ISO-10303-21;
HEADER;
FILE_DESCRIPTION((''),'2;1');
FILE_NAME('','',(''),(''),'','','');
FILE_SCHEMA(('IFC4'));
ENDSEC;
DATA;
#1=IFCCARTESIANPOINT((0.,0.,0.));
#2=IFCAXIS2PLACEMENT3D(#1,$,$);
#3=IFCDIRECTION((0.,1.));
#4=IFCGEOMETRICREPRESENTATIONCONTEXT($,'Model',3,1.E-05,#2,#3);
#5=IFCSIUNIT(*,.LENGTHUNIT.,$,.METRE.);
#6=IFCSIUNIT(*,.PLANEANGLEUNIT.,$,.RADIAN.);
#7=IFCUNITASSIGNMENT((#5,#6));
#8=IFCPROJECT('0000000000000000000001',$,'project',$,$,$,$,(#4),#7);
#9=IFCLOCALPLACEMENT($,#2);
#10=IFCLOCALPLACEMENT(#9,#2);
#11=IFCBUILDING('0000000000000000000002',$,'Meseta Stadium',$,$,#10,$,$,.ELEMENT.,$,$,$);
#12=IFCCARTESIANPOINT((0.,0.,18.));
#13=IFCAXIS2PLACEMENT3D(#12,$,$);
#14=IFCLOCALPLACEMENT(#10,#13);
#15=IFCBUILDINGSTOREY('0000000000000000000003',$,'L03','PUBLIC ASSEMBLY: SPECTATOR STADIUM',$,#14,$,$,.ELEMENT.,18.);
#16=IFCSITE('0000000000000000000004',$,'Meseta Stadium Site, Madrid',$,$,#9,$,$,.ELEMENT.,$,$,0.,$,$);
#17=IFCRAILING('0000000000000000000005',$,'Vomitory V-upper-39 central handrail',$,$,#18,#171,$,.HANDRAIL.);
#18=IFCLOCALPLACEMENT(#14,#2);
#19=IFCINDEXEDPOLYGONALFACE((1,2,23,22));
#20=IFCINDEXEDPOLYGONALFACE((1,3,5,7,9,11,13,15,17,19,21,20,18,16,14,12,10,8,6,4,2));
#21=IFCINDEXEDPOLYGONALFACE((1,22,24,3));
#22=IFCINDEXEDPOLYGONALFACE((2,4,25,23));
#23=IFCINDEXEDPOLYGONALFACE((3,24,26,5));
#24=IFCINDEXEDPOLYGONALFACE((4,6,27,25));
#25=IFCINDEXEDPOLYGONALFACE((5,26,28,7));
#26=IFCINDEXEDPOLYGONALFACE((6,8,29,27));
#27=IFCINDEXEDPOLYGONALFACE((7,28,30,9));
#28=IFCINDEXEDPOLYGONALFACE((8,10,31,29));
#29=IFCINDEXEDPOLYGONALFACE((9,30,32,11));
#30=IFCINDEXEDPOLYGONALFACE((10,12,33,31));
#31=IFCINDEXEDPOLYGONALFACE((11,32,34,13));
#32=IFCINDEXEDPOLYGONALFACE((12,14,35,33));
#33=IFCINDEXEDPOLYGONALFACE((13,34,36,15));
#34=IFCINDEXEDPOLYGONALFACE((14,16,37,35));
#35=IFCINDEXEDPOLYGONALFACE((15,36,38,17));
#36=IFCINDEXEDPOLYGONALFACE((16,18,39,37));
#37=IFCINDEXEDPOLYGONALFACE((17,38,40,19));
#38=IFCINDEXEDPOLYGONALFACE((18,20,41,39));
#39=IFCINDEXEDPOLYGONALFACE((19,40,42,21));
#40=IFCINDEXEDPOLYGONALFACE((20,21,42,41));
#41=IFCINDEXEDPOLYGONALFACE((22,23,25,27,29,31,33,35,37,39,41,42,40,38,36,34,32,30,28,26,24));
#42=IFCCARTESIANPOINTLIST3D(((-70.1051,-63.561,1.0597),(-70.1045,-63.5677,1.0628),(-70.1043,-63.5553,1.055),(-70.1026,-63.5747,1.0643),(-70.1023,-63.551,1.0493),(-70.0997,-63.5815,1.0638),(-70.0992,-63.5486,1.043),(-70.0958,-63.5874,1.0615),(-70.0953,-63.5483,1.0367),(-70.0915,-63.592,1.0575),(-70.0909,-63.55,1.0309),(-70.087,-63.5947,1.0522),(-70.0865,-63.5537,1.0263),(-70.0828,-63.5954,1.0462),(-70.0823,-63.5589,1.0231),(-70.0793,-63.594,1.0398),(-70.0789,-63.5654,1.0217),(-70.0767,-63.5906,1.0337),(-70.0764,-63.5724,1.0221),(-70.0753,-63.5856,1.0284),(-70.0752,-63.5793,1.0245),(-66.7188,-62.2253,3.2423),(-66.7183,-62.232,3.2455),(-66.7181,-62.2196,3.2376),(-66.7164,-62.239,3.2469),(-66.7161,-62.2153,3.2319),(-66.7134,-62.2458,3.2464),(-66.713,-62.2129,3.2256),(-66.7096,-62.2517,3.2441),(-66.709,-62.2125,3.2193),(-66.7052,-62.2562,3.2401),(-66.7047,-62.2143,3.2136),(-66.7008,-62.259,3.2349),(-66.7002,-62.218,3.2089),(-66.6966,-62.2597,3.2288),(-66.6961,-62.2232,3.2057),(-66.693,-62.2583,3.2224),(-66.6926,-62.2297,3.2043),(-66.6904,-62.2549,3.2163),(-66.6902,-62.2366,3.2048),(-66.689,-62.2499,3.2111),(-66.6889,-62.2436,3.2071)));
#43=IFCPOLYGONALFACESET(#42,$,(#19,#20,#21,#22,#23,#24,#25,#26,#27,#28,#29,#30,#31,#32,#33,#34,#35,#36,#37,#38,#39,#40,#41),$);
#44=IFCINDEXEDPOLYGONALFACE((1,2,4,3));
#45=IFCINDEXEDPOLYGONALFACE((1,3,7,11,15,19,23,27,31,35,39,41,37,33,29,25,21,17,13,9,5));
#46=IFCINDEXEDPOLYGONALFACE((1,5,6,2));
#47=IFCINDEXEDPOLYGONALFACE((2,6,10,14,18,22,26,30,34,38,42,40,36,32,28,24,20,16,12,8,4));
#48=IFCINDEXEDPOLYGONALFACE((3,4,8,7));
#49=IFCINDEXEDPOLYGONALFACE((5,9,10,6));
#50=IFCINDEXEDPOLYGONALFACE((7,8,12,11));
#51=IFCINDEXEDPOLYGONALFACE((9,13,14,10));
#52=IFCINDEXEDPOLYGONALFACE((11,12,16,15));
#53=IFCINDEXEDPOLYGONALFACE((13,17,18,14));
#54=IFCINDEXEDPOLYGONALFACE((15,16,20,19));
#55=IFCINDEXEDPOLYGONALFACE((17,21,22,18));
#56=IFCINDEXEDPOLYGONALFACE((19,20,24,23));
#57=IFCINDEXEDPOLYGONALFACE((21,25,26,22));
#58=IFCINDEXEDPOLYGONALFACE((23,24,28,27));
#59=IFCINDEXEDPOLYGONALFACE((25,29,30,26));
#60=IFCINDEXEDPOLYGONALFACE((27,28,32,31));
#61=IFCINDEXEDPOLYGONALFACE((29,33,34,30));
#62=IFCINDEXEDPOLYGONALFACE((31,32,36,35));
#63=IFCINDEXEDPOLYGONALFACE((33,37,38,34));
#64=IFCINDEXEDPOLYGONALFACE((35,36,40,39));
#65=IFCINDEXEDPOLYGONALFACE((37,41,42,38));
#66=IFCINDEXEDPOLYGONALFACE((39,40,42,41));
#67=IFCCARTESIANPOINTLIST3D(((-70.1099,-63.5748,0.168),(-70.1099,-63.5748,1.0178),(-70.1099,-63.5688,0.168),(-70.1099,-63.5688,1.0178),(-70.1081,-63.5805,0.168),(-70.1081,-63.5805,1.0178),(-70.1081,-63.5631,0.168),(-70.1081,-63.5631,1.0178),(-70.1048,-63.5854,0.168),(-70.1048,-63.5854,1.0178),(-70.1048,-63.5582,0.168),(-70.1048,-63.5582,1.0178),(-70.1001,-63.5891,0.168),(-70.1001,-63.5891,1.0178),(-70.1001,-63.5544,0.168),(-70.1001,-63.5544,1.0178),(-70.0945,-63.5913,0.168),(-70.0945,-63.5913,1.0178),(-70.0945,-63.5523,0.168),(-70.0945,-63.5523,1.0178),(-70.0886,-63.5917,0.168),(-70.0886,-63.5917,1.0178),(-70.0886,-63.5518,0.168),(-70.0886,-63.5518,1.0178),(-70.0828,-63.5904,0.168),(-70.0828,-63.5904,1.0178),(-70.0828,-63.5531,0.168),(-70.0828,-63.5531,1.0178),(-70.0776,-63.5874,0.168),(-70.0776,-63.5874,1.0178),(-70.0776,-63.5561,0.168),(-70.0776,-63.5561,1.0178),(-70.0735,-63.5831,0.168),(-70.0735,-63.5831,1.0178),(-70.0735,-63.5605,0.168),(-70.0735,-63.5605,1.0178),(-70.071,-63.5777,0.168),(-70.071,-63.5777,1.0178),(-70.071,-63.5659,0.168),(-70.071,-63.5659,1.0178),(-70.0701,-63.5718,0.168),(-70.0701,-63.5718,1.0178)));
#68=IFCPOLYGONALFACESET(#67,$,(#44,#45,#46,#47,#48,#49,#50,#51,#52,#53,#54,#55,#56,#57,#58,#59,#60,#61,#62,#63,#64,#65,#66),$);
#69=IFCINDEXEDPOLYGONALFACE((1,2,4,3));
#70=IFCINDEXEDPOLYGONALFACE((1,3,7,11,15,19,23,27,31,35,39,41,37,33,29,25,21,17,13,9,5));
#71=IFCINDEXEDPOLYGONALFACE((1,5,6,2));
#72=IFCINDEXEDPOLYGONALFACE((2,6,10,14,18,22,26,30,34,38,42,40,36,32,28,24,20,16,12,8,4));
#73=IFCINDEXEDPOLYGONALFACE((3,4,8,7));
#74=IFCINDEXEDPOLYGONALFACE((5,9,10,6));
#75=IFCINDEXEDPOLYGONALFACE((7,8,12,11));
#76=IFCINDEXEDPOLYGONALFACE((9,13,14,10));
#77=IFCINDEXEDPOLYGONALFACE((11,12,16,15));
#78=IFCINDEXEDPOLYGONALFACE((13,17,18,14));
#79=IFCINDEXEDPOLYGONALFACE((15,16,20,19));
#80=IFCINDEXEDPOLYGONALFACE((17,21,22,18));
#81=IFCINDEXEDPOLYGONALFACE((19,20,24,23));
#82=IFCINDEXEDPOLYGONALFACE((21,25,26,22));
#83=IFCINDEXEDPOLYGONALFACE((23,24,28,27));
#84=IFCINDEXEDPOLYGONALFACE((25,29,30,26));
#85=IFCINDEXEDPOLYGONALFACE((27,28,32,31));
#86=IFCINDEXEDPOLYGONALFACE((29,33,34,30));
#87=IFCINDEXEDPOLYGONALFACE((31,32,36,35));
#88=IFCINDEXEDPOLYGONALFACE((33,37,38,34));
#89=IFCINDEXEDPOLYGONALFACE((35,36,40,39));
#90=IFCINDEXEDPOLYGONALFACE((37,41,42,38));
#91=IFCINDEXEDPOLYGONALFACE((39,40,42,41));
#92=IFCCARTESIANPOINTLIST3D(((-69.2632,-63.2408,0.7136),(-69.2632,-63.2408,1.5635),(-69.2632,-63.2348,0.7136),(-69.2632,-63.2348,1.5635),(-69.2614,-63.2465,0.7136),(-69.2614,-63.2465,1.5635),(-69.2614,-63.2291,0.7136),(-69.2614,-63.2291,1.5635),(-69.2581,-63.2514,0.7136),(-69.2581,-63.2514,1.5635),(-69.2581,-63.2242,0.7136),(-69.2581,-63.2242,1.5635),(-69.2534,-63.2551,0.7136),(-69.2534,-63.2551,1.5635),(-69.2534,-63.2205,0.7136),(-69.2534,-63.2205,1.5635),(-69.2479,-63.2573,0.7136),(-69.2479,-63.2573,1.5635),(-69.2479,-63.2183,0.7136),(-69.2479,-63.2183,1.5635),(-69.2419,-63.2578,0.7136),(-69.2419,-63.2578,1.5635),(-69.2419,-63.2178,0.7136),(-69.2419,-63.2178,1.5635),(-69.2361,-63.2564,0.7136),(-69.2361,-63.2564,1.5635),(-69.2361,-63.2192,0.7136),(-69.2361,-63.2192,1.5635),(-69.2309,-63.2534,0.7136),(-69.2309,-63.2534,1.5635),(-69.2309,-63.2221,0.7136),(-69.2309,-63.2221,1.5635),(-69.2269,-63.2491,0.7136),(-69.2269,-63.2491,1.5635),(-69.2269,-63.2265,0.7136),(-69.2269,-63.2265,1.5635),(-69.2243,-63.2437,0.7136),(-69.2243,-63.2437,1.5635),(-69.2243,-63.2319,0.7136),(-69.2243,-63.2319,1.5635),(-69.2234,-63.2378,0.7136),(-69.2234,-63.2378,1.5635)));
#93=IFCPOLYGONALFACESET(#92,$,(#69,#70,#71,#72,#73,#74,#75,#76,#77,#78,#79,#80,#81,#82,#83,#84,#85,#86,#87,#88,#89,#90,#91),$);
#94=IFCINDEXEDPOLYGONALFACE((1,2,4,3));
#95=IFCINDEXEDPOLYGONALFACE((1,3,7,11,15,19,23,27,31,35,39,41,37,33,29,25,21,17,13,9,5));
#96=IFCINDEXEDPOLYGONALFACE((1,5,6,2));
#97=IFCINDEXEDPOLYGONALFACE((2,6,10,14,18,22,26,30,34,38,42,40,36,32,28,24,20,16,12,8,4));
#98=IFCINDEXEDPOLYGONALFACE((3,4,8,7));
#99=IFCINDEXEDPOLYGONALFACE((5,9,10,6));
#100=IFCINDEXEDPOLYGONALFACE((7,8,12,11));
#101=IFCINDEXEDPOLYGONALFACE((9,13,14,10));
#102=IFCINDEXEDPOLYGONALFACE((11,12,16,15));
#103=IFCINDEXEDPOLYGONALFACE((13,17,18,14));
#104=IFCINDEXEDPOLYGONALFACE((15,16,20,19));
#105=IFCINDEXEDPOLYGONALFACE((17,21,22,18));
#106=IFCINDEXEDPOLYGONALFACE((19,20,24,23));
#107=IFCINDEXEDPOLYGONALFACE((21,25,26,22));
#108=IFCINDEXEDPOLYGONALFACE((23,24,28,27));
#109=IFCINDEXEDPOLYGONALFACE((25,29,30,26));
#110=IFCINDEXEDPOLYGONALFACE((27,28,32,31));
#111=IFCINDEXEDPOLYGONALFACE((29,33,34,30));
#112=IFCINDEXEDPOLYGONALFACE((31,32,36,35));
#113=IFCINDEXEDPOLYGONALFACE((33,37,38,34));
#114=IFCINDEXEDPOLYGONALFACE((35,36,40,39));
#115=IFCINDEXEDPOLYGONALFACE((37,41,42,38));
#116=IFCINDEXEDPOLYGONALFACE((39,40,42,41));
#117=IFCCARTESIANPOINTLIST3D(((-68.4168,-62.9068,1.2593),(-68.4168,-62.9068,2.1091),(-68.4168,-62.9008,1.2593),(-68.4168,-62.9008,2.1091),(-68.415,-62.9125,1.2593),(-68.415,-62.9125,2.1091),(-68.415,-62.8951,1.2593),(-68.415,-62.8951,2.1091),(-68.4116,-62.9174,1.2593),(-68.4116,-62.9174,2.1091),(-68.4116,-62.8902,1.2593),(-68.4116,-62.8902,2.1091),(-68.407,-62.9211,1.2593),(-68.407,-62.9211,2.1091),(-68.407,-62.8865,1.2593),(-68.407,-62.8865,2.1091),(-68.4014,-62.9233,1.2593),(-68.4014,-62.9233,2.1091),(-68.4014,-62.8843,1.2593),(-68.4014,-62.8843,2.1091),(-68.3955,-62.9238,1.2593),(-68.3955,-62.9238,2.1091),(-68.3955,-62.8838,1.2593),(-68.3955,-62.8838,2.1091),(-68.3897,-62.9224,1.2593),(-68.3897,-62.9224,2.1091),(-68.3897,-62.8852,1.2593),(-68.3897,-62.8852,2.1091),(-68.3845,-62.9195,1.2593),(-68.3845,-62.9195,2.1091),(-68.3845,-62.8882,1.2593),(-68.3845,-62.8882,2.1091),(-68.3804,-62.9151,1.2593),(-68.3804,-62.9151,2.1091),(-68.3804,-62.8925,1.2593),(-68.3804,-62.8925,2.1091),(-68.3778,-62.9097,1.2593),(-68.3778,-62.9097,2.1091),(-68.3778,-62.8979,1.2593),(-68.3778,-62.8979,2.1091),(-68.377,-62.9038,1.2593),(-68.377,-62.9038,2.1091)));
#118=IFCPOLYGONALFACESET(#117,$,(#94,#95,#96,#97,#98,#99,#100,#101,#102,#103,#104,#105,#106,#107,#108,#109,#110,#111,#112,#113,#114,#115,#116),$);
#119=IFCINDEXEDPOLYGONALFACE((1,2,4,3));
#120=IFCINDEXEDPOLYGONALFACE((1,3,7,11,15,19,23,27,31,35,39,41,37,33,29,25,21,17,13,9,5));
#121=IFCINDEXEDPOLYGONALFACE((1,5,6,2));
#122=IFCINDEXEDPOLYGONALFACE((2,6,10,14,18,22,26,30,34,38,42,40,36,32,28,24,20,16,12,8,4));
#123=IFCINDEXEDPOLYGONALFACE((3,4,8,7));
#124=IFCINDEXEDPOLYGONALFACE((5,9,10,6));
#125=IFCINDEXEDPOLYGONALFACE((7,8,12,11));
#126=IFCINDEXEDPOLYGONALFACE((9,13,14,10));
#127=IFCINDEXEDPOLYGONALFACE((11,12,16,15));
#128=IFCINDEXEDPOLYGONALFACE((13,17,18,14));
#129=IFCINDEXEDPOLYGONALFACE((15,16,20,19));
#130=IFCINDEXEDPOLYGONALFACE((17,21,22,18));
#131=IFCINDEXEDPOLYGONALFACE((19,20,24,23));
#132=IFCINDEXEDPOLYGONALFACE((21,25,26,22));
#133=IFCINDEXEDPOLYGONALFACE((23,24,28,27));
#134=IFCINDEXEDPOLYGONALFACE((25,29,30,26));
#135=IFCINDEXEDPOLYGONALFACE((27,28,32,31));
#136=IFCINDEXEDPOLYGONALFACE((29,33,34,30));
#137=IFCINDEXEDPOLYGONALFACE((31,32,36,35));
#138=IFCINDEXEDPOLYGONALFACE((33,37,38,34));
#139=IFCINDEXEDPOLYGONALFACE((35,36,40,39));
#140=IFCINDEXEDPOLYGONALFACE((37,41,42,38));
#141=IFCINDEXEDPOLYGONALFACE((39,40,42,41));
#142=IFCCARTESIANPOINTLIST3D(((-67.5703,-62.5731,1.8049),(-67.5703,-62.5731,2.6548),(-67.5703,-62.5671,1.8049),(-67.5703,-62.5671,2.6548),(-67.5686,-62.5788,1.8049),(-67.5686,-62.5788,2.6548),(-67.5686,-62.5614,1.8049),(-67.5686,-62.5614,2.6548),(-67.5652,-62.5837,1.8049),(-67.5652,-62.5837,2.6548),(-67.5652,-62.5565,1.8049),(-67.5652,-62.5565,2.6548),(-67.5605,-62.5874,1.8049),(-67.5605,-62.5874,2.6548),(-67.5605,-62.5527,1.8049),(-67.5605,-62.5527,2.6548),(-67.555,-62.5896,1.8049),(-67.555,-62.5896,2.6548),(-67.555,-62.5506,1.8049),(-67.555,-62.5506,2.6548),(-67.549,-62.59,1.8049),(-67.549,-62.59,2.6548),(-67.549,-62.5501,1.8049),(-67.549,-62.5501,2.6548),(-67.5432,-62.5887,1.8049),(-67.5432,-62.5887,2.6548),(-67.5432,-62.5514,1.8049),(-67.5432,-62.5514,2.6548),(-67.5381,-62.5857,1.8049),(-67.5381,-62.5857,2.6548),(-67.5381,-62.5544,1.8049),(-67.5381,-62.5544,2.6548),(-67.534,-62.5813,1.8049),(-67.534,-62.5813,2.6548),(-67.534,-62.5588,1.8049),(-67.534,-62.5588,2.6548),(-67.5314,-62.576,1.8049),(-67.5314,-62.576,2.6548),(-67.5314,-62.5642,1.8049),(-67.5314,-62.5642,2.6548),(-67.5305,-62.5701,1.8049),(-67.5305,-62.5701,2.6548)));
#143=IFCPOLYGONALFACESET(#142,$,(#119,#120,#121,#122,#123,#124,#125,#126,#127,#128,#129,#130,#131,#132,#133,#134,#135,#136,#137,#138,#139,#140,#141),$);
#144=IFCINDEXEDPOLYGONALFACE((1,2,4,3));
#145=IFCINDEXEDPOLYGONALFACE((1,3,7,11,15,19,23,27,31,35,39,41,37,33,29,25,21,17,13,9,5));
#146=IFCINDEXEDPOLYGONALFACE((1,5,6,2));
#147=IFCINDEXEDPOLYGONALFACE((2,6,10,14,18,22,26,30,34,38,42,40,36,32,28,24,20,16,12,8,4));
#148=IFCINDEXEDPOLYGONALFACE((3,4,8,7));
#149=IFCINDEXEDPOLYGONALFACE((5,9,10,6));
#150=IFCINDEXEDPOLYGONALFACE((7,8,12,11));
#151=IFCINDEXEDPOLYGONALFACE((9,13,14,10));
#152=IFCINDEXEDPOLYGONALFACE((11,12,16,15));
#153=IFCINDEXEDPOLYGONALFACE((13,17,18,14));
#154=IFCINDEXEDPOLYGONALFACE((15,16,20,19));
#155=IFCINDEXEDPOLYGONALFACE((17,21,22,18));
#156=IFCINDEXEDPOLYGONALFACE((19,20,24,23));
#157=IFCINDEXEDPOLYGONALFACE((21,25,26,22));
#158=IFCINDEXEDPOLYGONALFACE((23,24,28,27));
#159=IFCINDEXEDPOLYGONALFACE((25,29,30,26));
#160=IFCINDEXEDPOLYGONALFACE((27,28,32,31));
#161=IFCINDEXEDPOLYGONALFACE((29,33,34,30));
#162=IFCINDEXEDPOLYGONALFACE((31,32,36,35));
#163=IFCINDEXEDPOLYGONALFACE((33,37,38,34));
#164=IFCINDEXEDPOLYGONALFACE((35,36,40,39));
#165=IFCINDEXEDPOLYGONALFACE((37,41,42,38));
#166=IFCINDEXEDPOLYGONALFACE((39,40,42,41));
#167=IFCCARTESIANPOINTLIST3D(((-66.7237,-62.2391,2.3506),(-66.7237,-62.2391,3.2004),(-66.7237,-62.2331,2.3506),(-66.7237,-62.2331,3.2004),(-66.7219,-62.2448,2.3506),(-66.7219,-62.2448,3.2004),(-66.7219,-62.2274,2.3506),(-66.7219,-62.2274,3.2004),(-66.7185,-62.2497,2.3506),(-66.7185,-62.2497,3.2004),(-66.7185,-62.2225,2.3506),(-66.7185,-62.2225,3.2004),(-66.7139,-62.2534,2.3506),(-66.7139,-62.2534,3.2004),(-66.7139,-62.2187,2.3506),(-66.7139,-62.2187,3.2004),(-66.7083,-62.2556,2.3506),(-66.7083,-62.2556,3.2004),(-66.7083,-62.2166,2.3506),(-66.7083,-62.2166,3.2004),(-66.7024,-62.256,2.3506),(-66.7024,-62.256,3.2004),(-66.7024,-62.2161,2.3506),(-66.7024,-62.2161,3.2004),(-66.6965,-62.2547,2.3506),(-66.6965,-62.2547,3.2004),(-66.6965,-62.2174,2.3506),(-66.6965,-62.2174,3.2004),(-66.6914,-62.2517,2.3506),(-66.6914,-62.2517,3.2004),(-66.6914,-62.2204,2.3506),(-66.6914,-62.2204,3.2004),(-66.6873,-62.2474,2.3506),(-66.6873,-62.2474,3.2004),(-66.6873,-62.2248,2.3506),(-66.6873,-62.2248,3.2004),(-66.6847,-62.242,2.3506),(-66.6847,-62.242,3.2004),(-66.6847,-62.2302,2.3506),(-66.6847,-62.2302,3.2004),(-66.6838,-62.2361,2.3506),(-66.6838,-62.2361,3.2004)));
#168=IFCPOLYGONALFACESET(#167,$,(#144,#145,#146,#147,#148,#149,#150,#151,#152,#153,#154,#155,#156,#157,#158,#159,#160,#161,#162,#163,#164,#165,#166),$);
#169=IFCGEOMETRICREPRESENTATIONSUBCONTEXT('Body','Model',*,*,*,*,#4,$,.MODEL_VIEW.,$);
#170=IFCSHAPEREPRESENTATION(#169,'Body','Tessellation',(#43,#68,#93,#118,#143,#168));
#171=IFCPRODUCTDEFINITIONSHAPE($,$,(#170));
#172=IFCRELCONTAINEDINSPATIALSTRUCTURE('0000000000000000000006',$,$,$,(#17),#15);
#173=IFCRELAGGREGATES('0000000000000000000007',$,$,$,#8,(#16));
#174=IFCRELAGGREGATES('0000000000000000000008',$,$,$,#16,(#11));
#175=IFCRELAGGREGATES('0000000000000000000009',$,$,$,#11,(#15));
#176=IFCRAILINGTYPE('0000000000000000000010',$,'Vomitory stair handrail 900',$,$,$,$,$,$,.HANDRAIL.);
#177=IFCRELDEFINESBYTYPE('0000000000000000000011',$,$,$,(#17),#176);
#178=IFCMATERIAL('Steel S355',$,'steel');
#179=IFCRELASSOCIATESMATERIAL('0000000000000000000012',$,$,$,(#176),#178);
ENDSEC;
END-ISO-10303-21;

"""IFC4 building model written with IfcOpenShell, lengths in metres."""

from ifc_helpers import new_model, si_unit, direction, frame, origin, origin_2d, place, context, subcontext, project, spatial, circle, extrude, material, type_object, element, save


model = new_model("IFC4")

# Units and contexts
model_context = context("Model", 3, precision=1e-05, world=origin(), true_north=direction((0.0, 1.0)))
body_context = subcontext(model_context, "Body", "Model", "MODEL_VIEW")
ifc_project = project(units=[si_unit("LENGTHUNIT", "METRE"), si_unit("PLANEANGLEUNIT", "RADIAN")], contexts=[model_context])

# Site, building, storey
site_placement = place(None, origin())
site = spatial("IfcSite", under=ifc_project, at=site_placement, Name="Meseta Stadium Site, Madrid", CompositionType="ELEMENT", RefElevation=0.0)
building_placement = place(site_placement, origin())
building = spatial("IfcBuilding", under=site, at=building_placement, Name="Meseta Stadium", CompositionType="ELEMENT")
storey_placement = place(building_placement, frame((0.0, 0.0, 18.0)))
storey = spatial("IfcBuildingStorey", under=building, at=storey_placement, Name="L03", Description="PUBLIC ASSEMBLY: SPECTATOR STADIUM", CompositionType="ELEMENT", Elevation=18.0)

# Railing
ifc_material_1 = material(Name="Steel S355", Category="steel")
railing_type_1 = type_object("IfcRailingType", Name="Vomitory stair handrail 900", PredefinedType="HANDRAIL", material=ifc_material_1)
railing_1_placement = place(storey_placement, frame((-70.0901, -63.5718, 0.168)))
element("IfcRailing", 1, at=railing_1_placement, inside=storey, type_object=railing_type_1, Name="Vomitory V-upper-39 central handrail", PredefinedType="HANDRAIL", context=body_context, shape_type="SweptSolid", body=[
    extrude(circle(Radius=0.0249, at=origin_2d()), frame((0.0, 0.0, 0.875), z_axis=(0.797822, 0.3147, 0.514241), x_axis=(-0.366934, 0.930247, 0.0)), (0.0, 0.0, 1.0), 4.2444),
    extrude(circle(Radius=0.02, at=origin_2d()), origin(), (0.0, 0.0, 1.0), 0.8499),
    extrude(circle(Radius=0.02, at=origin_2d()), frame((0.8467, 0.334, 0.5457)), (0.0, 0.0, 1.0), 0.8499),
    extrude(circle(Radius=0.02, at=origin_2d()), frame((1.6931, 0.668, 1.0913)), (0.0, 0.0, 1.0), 0.8499),
    extrude(circle(Radius=0.02, at=origin_2d()), frame((2.5396, 1.0017, 1.637)), (0.0, 0.0, 1.0), 0.8499),
    extrude(circle(Radius=0.02, at=origin_2d()), frame((3.3862, 1.3357, 2.1826)), (0.0, 0.0, 1.0), 0.8499),
])

save(model, "model.ifc")
